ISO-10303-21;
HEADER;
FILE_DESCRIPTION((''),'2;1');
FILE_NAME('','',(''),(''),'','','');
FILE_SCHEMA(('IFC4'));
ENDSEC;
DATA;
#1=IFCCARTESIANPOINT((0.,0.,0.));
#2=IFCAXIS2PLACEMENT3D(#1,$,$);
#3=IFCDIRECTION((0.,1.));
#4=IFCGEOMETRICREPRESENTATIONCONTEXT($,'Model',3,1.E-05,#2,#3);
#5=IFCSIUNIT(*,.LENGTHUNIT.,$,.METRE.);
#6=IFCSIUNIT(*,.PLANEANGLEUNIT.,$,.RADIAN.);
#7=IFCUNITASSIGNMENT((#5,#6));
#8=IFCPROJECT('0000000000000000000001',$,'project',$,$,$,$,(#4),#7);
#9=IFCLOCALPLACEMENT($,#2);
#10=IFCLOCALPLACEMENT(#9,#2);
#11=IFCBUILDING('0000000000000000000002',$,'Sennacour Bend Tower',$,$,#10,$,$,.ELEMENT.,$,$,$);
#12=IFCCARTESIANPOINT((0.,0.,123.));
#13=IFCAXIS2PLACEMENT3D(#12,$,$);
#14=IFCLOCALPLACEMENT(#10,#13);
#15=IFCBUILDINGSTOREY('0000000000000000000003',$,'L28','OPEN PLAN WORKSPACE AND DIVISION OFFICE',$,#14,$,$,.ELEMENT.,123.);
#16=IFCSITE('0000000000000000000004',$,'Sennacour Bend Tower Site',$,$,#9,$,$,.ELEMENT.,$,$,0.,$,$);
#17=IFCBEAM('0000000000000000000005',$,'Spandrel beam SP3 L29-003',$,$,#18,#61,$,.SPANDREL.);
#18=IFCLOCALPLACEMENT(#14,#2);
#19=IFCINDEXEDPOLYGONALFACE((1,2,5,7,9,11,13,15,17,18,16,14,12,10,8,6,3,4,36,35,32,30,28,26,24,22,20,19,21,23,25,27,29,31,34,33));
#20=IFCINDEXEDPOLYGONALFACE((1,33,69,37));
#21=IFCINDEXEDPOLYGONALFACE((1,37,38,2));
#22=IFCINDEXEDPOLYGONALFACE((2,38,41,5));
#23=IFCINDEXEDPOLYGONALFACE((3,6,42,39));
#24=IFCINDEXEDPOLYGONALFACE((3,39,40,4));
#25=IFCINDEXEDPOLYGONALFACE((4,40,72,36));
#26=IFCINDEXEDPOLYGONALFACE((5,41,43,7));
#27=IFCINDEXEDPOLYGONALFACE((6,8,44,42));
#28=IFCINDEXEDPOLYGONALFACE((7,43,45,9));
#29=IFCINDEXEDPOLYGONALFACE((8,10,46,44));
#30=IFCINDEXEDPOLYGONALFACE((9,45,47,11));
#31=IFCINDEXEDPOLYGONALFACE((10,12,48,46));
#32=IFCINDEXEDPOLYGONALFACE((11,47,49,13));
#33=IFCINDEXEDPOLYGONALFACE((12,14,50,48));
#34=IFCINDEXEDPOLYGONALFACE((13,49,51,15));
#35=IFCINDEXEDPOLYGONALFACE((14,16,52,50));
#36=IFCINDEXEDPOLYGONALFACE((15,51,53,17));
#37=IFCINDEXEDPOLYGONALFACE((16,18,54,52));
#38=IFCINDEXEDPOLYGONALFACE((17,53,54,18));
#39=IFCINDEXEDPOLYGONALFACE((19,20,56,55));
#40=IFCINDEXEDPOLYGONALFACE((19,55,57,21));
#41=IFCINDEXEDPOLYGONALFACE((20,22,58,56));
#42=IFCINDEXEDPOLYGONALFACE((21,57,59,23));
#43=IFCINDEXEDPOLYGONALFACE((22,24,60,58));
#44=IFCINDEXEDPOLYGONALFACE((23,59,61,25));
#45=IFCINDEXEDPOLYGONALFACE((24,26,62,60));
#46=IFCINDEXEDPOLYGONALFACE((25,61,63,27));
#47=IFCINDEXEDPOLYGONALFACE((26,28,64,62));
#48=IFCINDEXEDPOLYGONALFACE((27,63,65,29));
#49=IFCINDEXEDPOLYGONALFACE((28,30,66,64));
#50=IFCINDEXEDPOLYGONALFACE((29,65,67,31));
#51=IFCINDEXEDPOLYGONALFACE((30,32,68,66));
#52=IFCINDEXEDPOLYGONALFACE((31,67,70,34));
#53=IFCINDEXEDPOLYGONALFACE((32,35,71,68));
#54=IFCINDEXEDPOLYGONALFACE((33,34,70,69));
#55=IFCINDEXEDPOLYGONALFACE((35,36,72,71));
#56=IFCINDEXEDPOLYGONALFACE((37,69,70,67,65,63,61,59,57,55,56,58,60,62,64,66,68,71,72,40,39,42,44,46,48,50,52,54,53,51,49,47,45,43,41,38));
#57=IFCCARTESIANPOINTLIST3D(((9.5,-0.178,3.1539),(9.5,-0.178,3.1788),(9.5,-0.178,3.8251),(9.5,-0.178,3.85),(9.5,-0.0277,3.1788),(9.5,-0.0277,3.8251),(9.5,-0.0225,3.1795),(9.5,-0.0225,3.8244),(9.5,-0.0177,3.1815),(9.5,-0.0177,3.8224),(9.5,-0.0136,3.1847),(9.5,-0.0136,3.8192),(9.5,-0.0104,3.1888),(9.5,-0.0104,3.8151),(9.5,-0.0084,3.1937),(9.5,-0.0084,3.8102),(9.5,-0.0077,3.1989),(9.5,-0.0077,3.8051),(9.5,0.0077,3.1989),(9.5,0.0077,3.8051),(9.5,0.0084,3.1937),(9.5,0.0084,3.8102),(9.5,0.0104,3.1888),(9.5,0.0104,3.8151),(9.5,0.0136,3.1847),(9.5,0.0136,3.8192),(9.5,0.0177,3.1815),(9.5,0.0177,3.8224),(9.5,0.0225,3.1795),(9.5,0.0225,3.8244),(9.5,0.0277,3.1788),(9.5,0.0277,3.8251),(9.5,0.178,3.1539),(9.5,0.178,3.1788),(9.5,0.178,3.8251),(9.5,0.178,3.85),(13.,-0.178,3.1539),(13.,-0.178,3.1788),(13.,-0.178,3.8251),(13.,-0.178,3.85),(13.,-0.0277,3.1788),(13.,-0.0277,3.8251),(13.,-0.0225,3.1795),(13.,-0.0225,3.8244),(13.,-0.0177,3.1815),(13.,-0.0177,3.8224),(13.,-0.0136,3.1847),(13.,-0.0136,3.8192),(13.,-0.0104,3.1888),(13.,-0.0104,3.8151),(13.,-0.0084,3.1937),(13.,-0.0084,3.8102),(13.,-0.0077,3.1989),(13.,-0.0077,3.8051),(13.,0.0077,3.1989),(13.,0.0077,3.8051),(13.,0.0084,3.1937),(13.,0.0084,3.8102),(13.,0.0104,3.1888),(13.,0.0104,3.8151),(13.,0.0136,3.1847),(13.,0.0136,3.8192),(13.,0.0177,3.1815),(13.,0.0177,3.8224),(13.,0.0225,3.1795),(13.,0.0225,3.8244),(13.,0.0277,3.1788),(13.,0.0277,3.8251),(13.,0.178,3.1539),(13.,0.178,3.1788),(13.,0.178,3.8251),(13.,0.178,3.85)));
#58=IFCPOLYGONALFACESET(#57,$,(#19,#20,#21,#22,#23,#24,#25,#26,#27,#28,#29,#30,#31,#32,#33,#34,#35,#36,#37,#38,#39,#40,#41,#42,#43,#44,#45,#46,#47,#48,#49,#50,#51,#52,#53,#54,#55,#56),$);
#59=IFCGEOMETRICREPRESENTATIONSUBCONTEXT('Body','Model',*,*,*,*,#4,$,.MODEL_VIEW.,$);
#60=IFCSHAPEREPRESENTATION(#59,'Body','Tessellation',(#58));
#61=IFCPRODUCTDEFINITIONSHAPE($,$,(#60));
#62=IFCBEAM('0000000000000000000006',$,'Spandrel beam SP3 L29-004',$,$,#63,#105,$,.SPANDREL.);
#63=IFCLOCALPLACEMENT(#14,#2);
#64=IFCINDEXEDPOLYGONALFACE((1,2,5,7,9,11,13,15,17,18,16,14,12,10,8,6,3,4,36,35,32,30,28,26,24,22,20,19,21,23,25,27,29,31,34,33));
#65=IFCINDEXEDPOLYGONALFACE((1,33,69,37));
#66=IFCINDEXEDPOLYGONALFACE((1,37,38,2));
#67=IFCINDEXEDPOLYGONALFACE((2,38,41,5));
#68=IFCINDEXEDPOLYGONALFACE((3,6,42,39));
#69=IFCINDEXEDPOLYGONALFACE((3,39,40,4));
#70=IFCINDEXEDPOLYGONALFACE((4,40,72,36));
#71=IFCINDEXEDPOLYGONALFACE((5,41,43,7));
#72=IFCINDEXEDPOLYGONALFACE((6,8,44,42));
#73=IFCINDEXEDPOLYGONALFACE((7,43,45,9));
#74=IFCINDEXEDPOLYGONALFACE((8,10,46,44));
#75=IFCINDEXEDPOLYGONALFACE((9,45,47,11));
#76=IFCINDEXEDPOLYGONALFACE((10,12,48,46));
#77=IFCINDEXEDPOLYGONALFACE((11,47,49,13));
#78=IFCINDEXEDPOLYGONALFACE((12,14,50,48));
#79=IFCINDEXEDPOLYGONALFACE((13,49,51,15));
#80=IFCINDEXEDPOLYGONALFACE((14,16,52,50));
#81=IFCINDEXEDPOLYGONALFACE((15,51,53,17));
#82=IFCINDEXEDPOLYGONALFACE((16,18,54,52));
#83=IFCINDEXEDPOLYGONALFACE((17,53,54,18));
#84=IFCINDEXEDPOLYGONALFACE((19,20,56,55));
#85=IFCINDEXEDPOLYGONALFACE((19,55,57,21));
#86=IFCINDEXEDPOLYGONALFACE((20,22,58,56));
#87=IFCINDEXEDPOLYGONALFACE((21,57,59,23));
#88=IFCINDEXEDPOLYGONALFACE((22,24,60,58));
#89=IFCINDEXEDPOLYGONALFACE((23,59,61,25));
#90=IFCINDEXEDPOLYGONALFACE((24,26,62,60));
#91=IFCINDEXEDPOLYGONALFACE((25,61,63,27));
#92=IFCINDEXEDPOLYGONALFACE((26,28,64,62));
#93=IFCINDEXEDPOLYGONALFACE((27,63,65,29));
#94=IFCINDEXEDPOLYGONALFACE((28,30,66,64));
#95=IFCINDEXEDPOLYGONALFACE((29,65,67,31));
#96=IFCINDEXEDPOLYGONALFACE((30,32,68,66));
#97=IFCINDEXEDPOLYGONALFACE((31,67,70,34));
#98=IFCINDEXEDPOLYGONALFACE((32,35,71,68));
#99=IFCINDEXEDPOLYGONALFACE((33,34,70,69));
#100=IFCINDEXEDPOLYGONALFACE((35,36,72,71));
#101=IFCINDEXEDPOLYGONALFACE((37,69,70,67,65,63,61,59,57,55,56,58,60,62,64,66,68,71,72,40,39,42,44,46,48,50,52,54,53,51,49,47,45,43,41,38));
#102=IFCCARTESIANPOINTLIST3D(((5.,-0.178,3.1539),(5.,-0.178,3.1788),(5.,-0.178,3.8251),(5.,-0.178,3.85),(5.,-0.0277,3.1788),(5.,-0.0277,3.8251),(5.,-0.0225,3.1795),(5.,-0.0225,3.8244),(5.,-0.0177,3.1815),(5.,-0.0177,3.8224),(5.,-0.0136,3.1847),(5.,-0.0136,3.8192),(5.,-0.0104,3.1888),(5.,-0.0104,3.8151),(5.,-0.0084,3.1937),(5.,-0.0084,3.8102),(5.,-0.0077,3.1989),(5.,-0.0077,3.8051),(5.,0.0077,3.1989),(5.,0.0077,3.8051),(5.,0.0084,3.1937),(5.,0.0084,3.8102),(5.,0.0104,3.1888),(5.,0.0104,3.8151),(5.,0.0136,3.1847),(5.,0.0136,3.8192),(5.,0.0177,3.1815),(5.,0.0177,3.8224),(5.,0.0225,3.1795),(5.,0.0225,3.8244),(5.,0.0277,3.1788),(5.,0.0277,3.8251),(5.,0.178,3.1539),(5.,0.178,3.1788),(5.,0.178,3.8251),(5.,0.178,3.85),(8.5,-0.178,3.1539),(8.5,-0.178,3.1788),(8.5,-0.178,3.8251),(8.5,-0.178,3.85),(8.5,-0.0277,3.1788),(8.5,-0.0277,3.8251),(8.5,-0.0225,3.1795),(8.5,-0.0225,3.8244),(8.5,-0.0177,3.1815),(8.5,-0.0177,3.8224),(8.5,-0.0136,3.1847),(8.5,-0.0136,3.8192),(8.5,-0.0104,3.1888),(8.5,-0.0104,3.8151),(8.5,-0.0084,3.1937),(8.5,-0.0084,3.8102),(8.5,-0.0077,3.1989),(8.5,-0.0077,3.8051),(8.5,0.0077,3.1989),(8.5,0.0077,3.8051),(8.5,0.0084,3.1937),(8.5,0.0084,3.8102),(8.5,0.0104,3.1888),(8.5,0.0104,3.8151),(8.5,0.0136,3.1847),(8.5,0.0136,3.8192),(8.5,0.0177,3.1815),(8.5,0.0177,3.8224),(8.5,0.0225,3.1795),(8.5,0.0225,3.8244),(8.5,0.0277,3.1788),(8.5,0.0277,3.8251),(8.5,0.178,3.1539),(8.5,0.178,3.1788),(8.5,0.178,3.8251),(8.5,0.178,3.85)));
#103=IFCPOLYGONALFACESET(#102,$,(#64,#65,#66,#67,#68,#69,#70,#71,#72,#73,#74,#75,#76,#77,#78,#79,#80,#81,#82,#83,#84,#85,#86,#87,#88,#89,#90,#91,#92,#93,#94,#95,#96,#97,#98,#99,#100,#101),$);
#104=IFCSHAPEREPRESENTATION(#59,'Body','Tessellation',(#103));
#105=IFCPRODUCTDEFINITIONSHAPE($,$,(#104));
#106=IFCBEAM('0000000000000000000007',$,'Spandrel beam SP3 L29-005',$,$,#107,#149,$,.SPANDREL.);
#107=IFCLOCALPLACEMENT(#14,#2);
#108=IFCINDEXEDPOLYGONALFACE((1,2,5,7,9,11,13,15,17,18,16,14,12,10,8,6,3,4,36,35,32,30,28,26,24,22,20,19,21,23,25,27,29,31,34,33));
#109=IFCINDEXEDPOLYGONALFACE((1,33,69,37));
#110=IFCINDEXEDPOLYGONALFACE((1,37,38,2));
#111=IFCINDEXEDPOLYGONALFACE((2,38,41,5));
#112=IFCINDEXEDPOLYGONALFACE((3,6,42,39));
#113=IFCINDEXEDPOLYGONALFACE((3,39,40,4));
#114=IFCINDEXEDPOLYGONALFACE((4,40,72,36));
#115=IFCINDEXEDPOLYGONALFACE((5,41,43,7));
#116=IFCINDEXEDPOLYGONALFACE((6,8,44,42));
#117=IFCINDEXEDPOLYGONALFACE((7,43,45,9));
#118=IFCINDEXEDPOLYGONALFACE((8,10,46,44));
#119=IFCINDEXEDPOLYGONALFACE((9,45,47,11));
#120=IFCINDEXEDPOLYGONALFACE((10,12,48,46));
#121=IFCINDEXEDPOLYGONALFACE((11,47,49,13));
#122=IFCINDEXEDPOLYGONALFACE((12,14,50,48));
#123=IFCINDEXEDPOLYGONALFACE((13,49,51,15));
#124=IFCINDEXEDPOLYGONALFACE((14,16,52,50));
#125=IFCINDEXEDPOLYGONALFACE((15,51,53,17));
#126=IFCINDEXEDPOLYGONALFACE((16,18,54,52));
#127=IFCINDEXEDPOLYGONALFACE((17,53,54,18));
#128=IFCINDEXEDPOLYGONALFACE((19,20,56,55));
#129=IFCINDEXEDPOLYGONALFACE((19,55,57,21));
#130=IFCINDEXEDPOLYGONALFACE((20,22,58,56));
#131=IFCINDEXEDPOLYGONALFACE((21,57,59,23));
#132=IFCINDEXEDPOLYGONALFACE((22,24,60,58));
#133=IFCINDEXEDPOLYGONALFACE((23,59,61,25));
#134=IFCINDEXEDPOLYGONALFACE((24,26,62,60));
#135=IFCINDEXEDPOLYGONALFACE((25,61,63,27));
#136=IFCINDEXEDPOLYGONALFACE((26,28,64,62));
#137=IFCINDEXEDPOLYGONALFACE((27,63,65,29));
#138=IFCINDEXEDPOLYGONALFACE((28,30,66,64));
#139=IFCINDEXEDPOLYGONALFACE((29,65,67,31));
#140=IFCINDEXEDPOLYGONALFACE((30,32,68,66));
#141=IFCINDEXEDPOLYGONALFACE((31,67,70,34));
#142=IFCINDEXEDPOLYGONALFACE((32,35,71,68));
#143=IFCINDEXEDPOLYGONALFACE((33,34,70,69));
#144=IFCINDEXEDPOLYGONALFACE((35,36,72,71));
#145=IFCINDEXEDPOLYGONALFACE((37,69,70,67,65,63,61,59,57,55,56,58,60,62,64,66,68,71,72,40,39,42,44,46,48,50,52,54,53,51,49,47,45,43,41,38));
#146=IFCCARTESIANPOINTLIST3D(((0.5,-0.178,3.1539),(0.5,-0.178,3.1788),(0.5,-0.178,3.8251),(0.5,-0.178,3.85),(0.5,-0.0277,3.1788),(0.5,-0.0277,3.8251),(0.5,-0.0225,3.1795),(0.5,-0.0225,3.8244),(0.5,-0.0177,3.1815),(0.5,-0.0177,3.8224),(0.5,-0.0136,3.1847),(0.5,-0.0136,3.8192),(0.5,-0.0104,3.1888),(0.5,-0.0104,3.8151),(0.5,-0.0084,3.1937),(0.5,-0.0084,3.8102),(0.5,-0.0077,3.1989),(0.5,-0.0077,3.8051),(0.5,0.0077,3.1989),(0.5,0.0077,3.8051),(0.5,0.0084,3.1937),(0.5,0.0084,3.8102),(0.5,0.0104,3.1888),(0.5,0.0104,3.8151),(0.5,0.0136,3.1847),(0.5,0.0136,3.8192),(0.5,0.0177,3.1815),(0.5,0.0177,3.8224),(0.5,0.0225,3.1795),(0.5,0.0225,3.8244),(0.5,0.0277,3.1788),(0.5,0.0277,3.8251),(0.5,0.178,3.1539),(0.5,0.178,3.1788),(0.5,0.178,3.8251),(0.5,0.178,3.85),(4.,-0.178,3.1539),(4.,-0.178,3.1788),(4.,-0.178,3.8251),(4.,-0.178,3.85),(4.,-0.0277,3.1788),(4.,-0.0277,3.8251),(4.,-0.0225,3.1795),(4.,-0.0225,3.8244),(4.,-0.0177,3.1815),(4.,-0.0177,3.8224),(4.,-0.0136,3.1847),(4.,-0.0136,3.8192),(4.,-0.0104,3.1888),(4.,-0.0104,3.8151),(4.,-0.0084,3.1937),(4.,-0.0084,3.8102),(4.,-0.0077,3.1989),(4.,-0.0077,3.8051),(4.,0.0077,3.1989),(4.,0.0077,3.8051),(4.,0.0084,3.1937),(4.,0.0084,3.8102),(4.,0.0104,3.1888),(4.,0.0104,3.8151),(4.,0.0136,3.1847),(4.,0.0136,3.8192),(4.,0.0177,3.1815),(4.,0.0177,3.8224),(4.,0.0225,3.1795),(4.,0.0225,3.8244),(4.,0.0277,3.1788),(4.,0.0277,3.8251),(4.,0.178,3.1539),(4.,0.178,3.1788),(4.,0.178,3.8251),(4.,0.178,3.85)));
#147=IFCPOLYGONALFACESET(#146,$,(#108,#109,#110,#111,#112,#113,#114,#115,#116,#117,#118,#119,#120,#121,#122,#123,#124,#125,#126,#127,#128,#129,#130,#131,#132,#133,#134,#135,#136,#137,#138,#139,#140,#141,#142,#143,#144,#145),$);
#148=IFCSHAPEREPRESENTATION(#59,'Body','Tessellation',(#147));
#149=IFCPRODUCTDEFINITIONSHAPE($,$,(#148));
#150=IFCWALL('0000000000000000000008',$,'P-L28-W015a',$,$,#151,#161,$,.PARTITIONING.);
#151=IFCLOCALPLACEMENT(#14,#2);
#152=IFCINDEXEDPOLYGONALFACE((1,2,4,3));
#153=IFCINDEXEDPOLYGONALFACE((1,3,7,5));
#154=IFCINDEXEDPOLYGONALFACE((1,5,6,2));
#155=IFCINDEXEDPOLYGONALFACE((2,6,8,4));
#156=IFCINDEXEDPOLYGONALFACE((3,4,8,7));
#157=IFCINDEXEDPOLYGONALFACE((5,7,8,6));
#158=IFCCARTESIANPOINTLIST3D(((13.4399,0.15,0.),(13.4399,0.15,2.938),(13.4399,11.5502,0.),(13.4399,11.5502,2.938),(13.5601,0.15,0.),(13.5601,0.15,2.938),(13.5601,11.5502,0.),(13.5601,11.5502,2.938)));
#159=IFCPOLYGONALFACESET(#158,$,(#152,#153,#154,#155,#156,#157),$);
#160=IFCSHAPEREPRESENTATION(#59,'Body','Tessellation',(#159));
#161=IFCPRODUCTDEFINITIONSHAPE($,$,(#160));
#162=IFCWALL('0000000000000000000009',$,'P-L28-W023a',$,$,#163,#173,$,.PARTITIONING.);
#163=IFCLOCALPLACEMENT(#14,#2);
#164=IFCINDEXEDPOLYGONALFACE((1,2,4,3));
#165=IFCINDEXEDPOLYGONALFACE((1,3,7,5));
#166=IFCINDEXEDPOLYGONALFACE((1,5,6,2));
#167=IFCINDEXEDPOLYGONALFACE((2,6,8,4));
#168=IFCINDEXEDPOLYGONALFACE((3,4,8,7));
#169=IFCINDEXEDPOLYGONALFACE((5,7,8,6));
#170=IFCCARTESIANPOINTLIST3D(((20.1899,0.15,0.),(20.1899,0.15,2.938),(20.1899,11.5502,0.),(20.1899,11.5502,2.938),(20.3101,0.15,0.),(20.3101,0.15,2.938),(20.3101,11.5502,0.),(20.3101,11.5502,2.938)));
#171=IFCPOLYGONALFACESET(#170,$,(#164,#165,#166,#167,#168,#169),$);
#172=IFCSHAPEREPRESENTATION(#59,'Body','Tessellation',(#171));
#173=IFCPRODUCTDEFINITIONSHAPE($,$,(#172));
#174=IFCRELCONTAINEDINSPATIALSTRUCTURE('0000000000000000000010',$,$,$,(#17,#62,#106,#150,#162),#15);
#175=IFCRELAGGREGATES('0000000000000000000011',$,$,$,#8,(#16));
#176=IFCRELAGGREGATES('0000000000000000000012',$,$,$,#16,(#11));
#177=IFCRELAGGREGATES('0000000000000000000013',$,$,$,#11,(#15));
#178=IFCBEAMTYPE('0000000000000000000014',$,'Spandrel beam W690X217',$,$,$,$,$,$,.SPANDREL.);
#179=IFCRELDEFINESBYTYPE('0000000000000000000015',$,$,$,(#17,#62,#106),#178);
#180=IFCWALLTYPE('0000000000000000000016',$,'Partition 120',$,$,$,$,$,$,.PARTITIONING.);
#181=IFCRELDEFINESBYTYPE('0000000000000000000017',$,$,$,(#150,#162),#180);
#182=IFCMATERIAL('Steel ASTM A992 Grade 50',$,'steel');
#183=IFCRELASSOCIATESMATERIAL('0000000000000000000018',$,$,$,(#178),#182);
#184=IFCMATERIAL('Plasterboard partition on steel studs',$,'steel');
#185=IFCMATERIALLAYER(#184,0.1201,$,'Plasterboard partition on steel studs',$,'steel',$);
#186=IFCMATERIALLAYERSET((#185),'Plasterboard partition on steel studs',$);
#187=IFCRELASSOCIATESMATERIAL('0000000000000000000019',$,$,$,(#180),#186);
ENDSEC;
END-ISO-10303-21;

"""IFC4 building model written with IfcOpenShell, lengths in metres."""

from ifc_helpers import new_model, si_unit, direction, frame, frame_2d, origin, origin_2d, place, context, subcontext, project, spatial, rectangle, i_section, extrude, material, layer, layer_set, material_profile, profile_set, type_object, element, save


model = new_model("IFC4")

# Units and contexts
model_context = context("Model", 3, precision=1e-05, world=origin(), true_north=direction((0.0, 1.0)))
body_context = subcontext(model_context, "Body", "Model", "MODEL_VIEW")
ifc_project = project(units=[si_unit("LENGTHUNIT", "METRE"), si_unit("PLANEANGLEUNIT", "RADIAN")], contexts=[model_context])

# Site, building, storey
site_placement = place(None, origin())
site = spatial("IfcSite", under=ifc_project, at=site_placement, Name="Sennacour Bend Tower Site", CompositionType="ELEMENT", RefElevation=0.0)
building_placement = place(site_placement, origin())
building = spatial("IfcBuilding", under=site, at=building_placement, Name="Sennacour Bend Tower", CompositionType="ELEMENT")
storey_placement = place(building_placement, frame((0.0, 0.0, 123.0)))
storey = spatial("IfcBuildingStorey", under=building, at=storey_placement, Name="L28", Description="OPEN PLAN WORKSPACE AND DIVISION OFFICE", CompositionType="ELEMENT", Elevation=123.0)

# Beams
ifc_material_1 = material(Name="Steel ASTM A992 Grade 50", Category="steel")
ifc_material_profile_1 = material_profile(ifc_material_1, i_section(OverallWidth=0.356, OverallDepth=0.696, WebThickness=0.0154, FlangeThickness=0.0249, FilletRadius=0.02, at=origin_2d()), Name="Steel ASTM A992 Grade 50", Category="steel")
ifc_profile_set_1 = profile_set([ifc_material_profile_1], Name="Steel ASTM A992 Grade 50")
beam_type_1 = type_object("IfcBeamType", Name="Spandrel beam W690X217", PredefinedType="SPANDREL", material=ifc_profile_set_1)
for number, where, z_axis, x_axis, name in (
    (1, (13.0, 0.0, 3.502), (-1.0, 0.0, 0.0), (0.0, -1.0, 0.0), "Spandrel beam SP3 L29-003"),
    (2, (8.5, 0.0, 3.502), (-1.0, 0.0, 0.0), (0.0, -1.0, 0.0), "Spandrel beam SP3 L29-004"),
    (3, (4.0, 0.0, 3.502), (-1.0, 0.0, 0.0), (0.0, -1.0, 0.0), "Spandrel beam SP3 L29-005"),
):
    element("IfcBeam", number, at=place(storey_placement, frame(where, z_axis=z_axis, x_axis=x_axis)), inside=storey, type_object=beam_type_1, Name=name, PredefinedType="SPANDREL", context=body_context, shape_type="SweptSolid", body=[
        extrude(i_section(OverallWidth=0.356, OverallDepth=0.696, WebThickness=0.0154, FlangeThickness=0.0249, FilletRadius=0.02, at=origin_2d()), origin(), (0.0, 0.0, 1.0), 3.5),
    ])

# Walls
ifc_material_2 = material(Name="Plasterboard partition on steel studs", Category="steel")
ifc_layer_1 = layer(ifc_material_2, 0.1201, Name="Plasterboard partition on steel studs", Category="steel")
ifc_layer_set_1 = layer_set([ifc_layer_1], Name="Plasterboard partition on steel studs")
wall_type_1 = type_object("IfcWallType", Name="Partition 120", PredefinedType="PARTITIONING", material=ifc_layer_set_1)
for number, where, z_axis, x_axis, name in (
    (4, (13.5, 0.1499, 0.0), (0.0, 0.0, 1.0), (0.0, 1.0, 0.0), "P-L28-W015a"),
    (5, (20.25, 0.1499, 0.0), (0.0, 0.0, 1.0), (0.0, 1.0, 0.0), "P-L28-W023a"),
):
    element("IfcWall", number, at=place(storey_placement, frame(where, z_axis=z_axis, x_axis=x_axis)), inside=storey, type_object=wall_type_1, Name=name, PredefinedType="PARTITIONING", context=body_context, shape_type="SweptSolid", body=[
        extrude(rectangle(XDim=11.4001, YDim=0.1201, at=frame_2d((5.7002, 0.0))), origin(), (0.0, 0.0, 1.0), 2.938),
    ])

save(model, "model.ifc")
